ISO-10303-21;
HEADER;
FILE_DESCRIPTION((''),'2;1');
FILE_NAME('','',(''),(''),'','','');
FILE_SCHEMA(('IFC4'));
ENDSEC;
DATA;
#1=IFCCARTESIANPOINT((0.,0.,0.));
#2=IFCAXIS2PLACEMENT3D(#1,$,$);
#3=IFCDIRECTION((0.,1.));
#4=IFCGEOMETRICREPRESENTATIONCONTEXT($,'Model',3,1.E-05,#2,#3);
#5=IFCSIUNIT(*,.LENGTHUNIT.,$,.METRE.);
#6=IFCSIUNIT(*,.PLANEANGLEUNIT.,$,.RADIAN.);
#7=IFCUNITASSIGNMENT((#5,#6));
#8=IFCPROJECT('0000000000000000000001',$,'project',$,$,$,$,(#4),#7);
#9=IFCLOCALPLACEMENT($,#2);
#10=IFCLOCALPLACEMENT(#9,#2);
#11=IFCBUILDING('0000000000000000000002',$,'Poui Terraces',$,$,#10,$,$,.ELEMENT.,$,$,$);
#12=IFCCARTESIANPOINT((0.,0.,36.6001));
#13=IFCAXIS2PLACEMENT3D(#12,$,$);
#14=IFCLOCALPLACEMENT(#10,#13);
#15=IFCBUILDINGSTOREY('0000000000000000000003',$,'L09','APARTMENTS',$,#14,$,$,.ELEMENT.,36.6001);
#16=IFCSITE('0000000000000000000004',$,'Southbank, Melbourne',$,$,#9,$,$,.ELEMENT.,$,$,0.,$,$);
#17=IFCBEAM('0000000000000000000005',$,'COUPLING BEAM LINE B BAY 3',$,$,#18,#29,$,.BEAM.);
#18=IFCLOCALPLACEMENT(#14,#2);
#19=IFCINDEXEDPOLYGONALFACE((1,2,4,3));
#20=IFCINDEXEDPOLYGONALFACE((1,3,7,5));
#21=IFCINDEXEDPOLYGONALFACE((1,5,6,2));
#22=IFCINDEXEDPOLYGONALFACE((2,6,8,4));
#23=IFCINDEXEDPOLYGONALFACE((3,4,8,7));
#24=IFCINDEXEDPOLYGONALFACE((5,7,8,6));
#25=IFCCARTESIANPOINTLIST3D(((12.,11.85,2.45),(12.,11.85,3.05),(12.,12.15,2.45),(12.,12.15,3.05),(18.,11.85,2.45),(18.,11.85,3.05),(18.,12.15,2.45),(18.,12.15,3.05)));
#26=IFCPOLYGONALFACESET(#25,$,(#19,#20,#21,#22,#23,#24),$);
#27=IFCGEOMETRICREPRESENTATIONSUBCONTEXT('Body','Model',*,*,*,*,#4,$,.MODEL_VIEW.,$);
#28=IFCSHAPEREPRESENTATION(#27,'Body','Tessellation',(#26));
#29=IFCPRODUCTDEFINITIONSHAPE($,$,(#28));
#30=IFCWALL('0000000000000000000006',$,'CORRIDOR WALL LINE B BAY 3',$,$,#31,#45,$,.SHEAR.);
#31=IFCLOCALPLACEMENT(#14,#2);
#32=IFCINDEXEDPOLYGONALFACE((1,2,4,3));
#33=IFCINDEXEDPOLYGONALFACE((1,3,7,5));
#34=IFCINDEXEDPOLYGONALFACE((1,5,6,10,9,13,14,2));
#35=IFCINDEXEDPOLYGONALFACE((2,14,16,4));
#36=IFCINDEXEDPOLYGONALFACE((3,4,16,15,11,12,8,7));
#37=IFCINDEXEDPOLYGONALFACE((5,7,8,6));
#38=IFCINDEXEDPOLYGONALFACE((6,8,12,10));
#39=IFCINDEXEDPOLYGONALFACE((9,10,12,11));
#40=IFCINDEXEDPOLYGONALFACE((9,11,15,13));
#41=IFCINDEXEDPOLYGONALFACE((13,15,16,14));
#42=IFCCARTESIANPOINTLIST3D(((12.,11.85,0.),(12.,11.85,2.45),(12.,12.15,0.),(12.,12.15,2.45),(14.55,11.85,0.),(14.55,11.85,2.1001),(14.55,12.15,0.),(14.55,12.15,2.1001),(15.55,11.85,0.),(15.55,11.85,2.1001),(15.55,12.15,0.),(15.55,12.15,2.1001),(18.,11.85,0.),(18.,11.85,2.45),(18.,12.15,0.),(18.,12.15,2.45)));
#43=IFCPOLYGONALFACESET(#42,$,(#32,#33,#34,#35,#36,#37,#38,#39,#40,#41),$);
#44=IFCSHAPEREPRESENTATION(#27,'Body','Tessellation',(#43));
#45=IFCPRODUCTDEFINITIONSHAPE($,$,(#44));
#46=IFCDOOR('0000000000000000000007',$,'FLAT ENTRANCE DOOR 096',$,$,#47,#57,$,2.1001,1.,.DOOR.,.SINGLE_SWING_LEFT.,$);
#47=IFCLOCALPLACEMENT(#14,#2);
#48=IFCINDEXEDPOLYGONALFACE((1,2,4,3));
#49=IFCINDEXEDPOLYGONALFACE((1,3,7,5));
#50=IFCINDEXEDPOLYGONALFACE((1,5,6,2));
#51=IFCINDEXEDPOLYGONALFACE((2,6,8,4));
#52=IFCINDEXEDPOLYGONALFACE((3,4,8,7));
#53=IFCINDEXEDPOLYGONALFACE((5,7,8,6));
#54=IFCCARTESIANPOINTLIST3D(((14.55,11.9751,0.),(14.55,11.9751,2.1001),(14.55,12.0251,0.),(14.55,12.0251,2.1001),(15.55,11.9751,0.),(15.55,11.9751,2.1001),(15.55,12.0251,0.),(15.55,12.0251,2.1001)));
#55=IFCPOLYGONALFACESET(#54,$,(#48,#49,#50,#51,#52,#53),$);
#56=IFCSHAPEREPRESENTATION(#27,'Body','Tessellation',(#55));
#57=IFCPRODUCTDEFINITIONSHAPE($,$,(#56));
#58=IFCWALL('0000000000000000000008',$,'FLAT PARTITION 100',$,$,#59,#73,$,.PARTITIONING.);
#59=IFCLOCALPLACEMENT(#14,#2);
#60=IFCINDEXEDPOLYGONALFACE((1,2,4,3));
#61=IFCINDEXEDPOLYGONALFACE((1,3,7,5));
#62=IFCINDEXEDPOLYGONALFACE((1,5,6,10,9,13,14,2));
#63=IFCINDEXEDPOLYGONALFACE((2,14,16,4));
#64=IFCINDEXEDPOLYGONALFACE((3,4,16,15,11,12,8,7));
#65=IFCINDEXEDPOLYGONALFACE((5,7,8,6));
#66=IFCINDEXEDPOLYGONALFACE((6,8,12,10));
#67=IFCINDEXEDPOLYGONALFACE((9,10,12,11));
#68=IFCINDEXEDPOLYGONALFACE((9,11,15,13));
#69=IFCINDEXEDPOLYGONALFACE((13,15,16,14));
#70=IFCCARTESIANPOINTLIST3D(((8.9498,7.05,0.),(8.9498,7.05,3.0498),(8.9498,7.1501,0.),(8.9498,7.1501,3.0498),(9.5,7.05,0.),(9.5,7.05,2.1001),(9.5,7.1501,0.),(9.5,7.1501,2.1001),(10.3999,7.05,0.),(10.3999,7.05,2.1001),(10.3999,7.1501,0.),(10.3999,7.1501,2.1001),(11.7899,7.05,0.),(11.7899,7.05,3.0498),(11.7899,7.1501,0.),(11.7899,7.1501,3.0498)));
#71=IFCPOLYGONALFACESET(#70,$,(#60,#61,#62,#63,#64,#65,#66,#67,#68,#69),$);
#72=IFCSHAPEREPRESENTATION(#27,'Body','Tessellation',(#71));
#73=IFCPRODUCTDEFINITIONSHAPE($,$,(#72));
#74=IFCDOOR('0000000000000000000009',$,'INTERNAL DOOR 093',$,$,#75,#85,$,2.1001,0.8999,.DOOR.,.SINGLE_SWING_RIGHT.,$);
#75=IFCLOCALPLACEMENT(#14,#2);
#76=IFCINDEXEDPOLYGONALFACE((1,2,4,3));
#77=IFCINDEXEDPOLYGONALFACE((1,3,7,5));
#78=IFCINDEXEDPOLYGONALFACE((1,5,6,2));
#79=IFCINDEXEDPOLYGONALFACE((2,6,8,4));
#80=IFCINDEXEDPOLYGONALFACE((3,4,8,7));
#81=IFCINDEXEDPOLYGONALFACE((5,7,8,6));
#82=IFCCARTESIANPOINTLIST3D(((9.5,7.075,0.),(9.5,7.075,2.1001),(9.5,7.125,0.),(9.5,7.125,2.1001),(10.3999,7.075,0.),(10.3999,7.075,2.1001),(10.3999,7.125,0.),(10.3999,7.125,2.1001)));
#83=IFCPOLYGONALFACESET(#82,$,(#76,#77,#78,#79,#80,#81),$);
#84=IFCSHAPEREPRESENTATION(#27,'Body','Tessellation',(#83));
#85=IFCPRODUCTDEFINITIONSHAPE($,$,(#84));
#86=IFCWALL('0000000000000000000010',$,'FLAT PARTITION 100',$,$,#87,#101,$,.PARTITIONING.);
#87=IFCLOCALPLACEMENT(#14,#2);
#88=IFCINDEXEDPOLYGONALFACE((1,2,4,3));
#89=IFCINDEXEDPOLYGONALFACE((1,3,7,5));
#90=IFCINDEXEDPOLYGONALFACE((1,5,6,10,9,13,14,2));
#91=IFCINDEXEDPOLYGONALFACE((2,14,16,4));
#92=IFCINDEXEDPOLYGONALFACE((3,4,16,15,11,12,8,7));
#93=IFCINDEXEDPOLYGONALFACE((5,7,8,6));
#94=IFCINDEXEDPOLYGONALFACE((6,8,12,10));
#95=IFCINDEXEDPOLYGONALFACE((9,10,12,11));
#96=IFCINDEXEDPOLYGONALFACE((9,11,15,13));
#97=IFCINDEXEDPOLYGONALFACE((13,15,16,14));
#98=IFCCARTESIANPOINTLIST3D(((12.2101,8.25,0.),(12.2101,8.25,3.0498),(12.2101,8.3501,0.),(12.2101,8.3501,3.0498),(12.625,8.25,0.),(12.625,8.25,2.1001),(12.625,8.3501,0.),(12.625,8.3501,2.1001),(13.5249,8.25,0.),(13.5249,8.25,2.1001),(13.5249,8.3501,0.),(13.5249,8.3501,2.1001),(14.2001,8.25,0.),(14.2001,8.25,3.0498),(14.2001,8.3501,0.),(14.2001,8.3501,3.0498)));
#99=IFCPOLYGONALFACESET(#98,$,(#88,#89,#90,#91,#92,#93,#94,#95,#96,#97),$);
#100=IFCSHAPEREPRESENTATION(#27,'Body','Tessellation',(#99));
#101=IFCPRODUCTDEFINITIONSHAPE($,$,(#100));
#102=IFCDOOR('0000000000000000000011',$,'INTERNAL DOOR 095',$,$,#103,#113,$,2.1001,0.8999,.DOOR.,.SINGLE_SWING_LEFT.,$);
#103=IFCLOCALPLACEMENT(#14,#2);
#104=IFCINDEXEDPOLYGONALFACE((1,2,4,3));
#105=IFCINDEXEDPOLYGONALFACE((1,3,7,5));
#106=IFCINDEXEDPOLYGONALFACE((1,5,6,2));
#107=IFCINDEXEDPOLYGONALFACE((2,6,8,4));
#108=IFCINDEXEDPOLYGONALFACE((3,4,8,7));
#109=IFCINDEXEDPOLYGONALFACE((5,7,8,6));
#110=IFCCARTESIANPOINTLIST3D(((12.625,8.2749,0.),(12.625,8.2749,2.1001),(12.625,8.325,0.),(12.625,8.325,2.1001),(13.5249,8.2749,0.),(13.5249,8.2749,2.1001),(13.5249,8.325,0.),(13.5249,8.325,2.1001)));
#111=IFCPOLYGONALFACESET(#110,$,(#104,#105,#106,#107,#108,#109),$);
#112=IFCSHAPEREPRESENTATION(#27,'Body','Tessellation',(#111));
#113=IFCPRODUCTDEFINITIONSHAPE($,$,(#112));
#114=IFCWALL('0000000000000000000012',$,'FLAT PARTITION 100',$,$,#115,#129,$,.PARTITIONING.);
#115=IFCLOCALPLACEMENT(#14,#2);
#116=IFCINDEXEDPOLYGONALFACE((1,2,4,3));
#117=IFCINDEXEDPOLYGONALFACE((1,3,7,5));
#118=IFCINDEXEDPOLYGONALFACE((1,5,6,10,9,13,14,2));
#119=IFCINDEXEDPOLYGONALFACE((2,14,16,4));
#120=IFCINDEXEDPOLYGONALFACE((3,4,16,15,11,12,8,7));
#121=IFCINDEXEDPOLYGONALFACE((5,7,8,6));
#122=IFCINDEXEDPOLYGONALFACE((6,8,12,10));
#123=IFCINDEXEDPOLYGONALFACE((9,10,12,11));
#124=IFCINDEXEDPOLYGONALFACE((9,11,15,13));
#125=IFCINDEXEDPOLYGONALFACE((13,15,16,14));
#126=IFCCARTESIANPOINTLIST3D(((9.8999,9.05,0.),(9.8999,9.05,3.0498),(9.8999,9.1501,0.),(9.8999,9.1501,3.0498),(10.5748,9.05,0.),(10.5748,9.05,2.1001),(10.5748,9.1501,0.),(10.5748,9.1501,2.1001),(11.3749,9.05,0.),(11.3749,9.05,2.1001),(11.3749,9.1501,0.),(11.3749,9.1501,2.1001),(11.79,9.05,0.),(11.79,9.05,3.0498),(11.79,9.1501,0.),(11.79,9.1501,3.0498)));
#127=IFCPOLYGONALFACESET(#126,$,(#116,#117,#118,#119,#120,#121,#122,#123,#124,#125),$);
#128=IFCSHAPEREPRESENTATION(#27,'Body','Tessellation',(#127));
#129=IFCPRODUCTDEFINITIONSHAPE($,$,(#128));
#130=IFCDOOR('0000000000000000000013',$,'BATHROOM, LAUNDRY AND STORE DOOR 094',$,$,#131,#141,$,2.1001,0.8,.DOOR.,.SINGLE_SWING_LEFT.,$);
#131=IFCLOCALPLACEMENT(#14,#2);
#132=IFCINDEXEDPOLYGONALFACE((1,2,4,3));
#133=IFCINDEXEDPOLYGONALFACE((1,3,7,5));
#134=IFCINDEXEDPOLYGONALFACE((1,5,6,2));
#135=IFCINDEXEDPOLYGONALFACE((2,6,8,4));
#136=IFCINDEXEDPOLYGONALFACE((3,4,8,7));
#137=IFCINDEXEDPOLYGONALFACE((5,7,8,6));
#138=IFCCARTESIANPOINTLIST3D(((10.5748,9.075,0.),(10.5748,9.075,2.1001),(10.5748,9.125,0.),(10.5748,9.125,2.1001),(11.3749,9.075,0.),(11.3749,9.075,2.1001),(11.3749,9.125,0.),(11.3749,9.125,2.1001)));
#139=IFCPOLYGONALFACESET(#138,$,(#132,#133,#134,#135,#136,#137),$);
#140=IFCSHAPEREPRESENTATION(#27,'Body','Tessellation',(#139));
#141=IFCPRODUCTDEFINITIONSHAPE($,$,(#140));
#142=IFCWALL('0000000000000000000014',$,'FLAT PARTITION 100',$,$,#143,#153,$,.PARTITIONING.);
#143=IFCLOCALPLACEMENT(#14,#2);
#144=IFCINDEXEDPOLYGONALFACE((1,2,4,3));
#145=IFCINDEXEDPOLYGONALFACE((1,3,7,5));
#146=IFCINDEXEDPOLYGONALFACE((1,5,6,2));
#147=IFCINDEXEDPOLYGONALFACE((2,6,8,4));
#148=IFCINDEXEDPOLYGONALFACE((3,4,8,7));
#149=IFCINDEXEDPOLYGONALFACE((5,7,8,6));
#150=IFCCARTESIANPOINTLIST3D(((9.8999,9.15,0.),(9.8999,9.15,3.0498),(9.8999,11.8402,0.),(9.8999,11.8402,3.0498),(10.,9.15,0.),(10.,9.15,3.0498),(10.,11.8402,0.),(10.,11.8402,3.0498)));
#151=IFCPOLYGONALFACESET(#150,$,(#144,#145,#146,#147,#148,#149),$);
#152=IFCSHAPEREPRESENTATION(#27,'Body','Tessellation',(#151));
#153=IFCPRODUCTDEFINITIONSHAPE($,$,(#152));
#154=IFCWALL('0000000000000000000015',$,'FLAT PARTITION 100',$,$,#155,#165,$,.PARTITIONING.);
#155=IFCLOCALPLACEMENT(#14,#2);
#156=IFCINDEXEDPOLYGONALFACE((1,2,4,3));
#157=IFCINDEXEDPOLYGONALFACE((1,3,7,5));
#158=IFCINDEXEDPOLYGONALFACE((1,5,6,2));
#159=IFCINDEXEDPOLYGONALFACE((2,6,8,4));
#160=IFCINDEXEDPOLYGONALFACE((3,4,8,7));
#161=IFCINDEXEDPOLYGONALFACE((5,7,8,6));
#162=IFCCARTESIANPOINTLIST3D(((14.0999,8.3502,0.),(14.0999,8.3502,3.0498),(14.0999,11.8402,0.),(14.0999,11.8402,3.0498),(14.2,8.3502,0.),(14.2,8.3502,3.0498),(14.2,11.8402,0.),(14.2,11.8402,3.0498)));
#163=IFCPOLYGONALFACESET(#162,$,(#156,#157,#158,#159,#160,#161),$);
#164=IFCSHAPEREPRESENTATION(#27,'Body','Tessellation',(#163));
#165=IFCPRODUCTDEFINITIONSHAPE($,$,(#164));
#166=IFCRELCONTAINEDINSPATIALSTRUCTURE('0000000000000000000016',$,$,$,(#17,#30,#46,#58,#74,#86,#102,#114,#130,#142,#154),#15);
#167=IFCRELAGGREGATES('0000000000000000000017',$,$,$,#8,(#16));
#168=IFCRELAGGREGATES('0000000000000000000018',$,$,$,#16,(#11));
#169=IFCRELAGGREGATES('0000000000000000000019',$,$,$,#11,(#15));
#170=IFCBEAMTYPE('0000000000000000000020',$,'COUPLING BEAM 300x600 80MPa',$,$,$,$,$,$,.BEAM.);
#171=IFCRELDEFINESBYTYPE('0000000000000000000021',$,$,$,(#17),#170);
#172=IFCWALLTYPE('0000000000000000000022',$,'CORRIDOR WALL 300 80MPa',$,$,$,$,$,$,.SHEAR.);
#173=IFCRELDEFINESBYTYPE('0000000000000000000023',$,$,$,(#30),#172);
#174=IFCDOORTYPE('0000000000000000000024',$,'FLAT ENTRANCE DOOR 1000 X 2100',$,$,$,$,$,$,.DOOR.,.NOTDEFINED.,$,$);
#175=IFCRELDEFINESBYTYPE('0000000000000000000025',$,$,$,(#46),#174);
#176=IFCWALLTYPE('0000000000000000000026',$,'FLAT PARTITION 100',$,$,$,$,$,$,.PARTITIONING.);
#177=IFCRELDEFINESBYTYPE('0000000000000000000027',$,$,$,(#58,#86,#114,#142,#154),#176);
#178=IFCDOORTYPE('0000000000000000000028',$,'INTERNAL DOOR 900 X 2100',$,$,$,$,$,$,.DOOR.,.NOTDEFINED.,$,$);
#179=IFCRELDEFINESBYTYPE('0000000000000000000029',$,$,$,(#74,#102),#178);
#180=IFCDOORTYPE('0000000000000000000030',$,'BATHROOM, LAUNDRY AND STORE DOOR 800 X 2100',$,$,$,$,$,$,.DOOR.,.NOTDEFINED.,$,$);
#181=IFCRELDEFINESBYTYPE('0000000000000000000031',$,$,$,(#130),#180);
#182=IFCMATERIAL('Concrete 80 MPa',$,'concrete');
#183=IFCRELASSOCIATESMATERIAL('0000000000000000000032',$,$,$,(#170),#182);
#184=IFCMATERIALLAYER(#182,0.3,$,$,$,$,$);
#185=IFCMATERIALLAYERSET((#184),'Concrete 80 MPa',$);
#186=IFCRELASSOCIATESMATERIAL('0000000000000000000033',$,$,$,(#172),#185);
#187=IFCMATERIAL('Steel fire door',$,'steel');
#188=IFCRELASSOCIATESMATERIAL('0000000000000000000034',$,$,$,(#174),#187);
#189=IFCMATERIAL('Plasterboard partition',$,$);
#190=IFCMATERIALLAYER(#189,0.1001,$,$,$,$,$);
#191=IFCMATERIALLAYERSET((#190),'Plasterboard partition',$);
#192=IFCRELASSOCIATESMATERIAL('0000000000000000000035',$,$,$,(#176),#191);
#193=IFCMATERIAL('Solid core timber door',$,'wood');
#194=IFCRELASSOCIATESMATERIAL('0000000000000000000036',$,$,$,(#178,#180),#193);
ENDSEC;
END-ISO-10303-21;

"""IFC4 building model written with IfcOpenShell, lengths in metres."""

from ifc_helpers import new_model, si_unit, direction, frame, frame_2d, origin, origin_2d, place, context, subcontext, project, spatial, rectangle, extrude, source, transform, mapped, material, layer, layer_set, material_profile, profile_set, type_object, element, fill, save


model = new_model("IFC4")

# Units and contexts
model_context = context("Model", 3, precision=1e-05, world=origin(), true_north=direction((0.0, 1.0)))
body_context = subcontext(model_context, "Body", "Model", "MODEL_VIEW")
ifc_project = project(units=[si_unit("LENGTHUNIT", "METRE"), si_unit("PLANEANGLEUNIT", "RADIAN")], contexts=[model_context])

# Site, building, storey
site_placement = place(None, origin())
site = spatial("IfcSite", under=ifc_project, at=site_placement, Name="Southbank, Melbourne", CompositionType="ELEMENT", RefElevation=0.0)
building_placement = place(site_placement, origin())
building = spatial("IfcBuilding", under=site, at=building_placement, Name="Poui Terraces", CompositionType="ELEMENT")
storey_placement = place(building_placement, frame((0.0, 0.0, 36.6001)))
storey = spatial("IfcBuildingStorey", under=building, at=storey_placement, Name="L09", Description="APARTMENTS", CompositionType="ELEMENT", Elevation=36.6001)

# Beam
ifc_material_1 = material(Name="Concrete 80 MPa", Category="concrete")
ifc_material_profile = material_profile(ifc_material_1, rectangle(XDim=0.3, YDim=0.6001, at=origin_2d()), Name="RC 300x600")
ifc_profile_set = profile_set([ifc_material_profile], Name="Concrete 80 MPa")
beam_type = type_object("IfcBeamType", Name="COUPLING BEAM 300x600 80MPa", PredefinedType="BEAM", material=ifc_profile_set)
shared_shape = source(origin(), body_context, "Body", "SweptSolid", [
    extrude(rectangle(XDim=0.3, YDim=0.6001, at=origin_2d()), origin(), (0.0, 0.0, 1.0), 6.0),
])
beam_placement = place(storey_placement, frame((12.0, 12.0, 2.75), z_axis=(1.0, 0.0, 0.0), x_axis=(0.0, 1.0, 0.0)))
element("IfcBeam", 1, at=beam_placement, inside=storey, type_object=beam_type, Name="COUPLING BEAM LINE B BAY 3", PredefinedType="BEAM", context=body_context, shape_type="MappedRepresentation", body=[
    mapped(shared_shape, transform((0.0, 0.0, 0.0))),
])

# Walls, openings, doors
ifc_layer_1 = layer(ifc_material_1, 0.3)
ifc_layer_set_1 = layer_set([ifc_layer_1], Name="Concrete 80 MPa")
wall_type_1 = type_object("IfcWallType", Name="CORRIDOR WALL 300 80MPa", PredefinedType="SHEAR", material=ifc_layer_set_1)
wall_1_placement = place(storey_placement, frame((12.0, 12.0, 0.0), z_axis=(0.0, 0.0, 1.0), x_axis=(1.0, 0.0, 0.0)))
wall_1 = element("IfcWall", 2, at=wall_1_placement, inside=storey, type_object=wall_type_1, Name="CORRIDOR WALL LINE B BAY 3", PredefinedType="SHEAR", context=body_context, shape_type="SweptSolid", body=[
    extrude(rectangle(XDim=6.0, YDim=0.3, at=frame_2d((3.0, 0.0))), origin(), (0.0, 0.0, 1.0), 2.45),
])
opening_1_placement = place(wall_1_placement, frame((2.55, 0.0, 0.0)))
opening_1 = element("IfcOpeningElement", 3, at=opening_1_placement, cuts=wall_1, PredefinedType="OPENING", context=body_context, shape_type="SweptSolid", body=[
    extrude(rectangle(XDim=1.0, YDim=2.1001, at=frame_2d((0.5, 1.05))), frame((0.0, 0.1602, 0.0), z_axis=(0.0, -1.0, 0.0), x_axis=(1.0, 0.0, 0.0)), (0.0, 0.0, 1.0), 0.3201),
])
ifc_material_2 = material(Name="Steel fire door", Category="steel")
door_type_1 = type_object("IfcDoorType", Name="FLAT ENTRANCE DOOR 1000 X 2100", OperationType="NOTDEFINED", PredefinedType="DOOR", material=ifc_material_2)
door_1_placement = place(opening_1_placement, frame((1.0, 0.0, 0.0), z_axis=(0.0, 0.0, 1.0), x_axis=(-1.0, 0.0, 0.0)))
door_1 = element("IfcDoor", 4, at=door_1_placement, inside=storey, type_object=door_type_1, Name="FLAT ENTRANCE DOOR 096", OperationType="SINGLE_SWING_LEFT", OverallHeight=2.1001, OverallWidth=1.0, PredefinedType="DOOR", context=body_context, shape_type="SweptSolid", body=[
    extrude(rectangle(XDim=1.0, YDim=2.1001, at=frame_2d((0.5, 1.05))), frame((0.0, 0.0249, 0.0), z_axis=(0.0, -1.0, 0.0), x_axis=(1.0, 0.0, 0.0)), (0.0, 0.0, 1.0), 0.05),
])
fill(opening_1, door_1)
ifc_material_3 = material(Name="Plasterboard partition")
ifc_layer_2 = layer(ifc_material_3, 0.1001)
ifc_layer_set_2 = layer_set([ifc_layer_2], Name="Plasterboard partition")
wall_type_2 = type_object("IfcWallType", Name="FLAT PARTITION 100", PredefinedType="PARTITIONING", material=ifc_layer_set_2)
wall_2_placement = place(storey_placement, frame((8.95, 7.1001, 0.0), z_axis=(0.0, 0.0, 1.0), x_axis=(1.0, 0.0, 0.0)))
wall_2 = element("IfcWall", 5, at=wall_2_placement, inside=storey, type_object=wall_type_2, Name="FLAT PARTITION 100", PredefinedType="PARTITIONING", context=body_context, shape_type="SweptSolid", body=[
    extrude(rectangle(XDim=2.8401, YDim=0.1001, at=frame_2d((1.4199, 0.0))), origin(), (0.0, 0.0, 1.0), 3.0498),
])
opening_2_placement = place(wall_2_placement, frame((0.55, 0.0, 0.0)))
opening_2 = element("IfcOpeningElement", 6, at=opening_2_placement, cuts=wall_2, PredefinedType="OPENING", context=body_context, shape_type="SweptSolid", body=[
    extrude(rectangle(XDim=0.8999, YDim=2.1001, at=frame_2d((0.45, 1.05))), frame((0.0, 0.0601, 0.0), z_axis=(0.0, -1.0, 0.0), x_axis=(1.0, 0.0, 0.0)), (0.0, 0.0, 1.0), 0.1201),
])
ifc_material_4 = material(Name="Solid core timber door", Category="wood")
door_type_2 = type_object("IfcDoorType", Name="INTERNAL DOOR 900 X 2100", OperationType="NOTDEFINED", PredefinedType="DOOR", material=ifc_material_4)
door_2_placement = place(opening_2_placement, origin())
door_2 = element("IfcDoor", 7, at=door_2_placement, inside=storey, type_object=door_type_2, Name="INTERNAL DOOR 093", OperationType="SINGLE_SWING_RIGHT", OverallHeight=2.1001, OverallWidth=0.8999, PredefinedType="DOOR", context=body_context, shape_type="SweptSolid", body=[
    extrude(rectangle(XDim=0.8999, YDim=2.1001, at=frame_2d((0.45, 1.05))), frame((0.0, 0.0249, 0.0), z_axis=(0.0, -1.0, 0.0), x_axis=(1.0, 0.0, 0.0)), (0.0, 0.0, 1.0), 0.05),
])
fill(opening_2, door_2)
wall_3_placement = place(storey_placement, frame((12.21, 8.3, 0.0), z_axis=(0.0, 0.0, 1.0), x_axis=(1.0, 0.0, 0.0)))
wall_3 = element("IfcWall", 8, at=wall_3_placement, inside=storey, type_object=wall_type_2, Name="FLAT PARTITION 100", PredefinedType="PARTITIONING", context=body_context, shape_type="SweptSolid", body=[
    extrude(rectangle(XDim=1.99, YDim=0.1001, at=frame_2d((0.9951, 0.0))), origin(), (0.0, 0.0, 1.0), 3.0498),
])
opening_3_placement = place(wall_3_placement, frame((0.415, 0.0, 0.0)))
opening_3 = element("IfcOpeningElement", 9, at=opening_3_placement, cuts=wall_3, PredefinedType="OPENING", context=body_context, shape_type="SweptSolid", body=[
    extrude(rectangle(XDim=0.8999, YDim=2.1001, at=frame_2d((0.45, 1.05))), frame((0.0, 0.0601, 0.0), z_axis=(0.0, -1.0, 0.0), x_axis=(1.0, 0.0, 0.0)), (0.0, 0.0, 1.0), 0.1201),
])
door_3_placement = place(opening_3_placement, origin())
door_3 = element("IfcDoor", 10, at=door_3_placement, inside=storey, type_object=door_type_2, Name="INTERNAL DOOR 095", OperationType="SINGLE_SWING_LEFT", OverallHeight=2.1001, OverallWidth=0.8999, PredefinedType="DOOR", context=body_context, shape_type="SweptSolid", body=[
    extrude(rectangle(XDim=0.8999, YDim=2.1001, at=frame_2d((0.45, 1.05))), frame((0.0, 0.0249, 0.0), z_axis=(0.0, -1.0, 0.0), x_axis=(1.0, 0.0, 0.0)), (0.0, 0.0, 1.0), 0.05),
])
fill(opening_3, door_3)
wall_4_placement = place(storey_placement, frame((9.8999, 9.1001, 0.0), z_axis=(0.0, 0.0, 1.0), x_axis=(1.0, 0.0, 0.0)))
wall_4 = element("IfcWall", 11, at=wall_4_placement, inside=storey, type_object=wall_type_2, Name="FLAT PARTITION 100", PredefinedType="PARTITIONING", context=body_context, shape_type="SweptSolid", body=[
    extrude(rectangle(XDim=1.8901, YDim=0.1001, at=frame_2d((0.9451, 0.0))), origin(), (0.0, 0.0, 1.0), 3.0498),
])
opening_4_placement = place(wall_4_placement, frame((0.675, 0.0, 0.0)))
opening_4 = element("IfcOpeningElement", 12, at=opening_4_placement, cuts=wall_4, PredefinedType="OPENING", context=body_context, shape_type="SweptSolid", body=[
    extrude(rectangle(XDim=0.8, YDim=2.1001, at=frame_2d((0.3999, 1.05))), frame((0.0, 0.0601, 0.0), z_axis=(0.0, -1.0, 0.0), x_axis=(1.0, 0.0, 0.0)), (0.0, 0.0, 1.0), 0.1201),
])
door_type_3 = type_object("IfcDoorType", Name="BATHROOM, LAUNDRY AND STORE DOOR 800 X 2100", OperationType="NOTDEFINED", PredefinedType="DOOR", material=ifc_material_4)
door_4_placement = place(opening_4_placement, origin())
door_4 = element("IfcDoor", 13, at=door_4_placement, inside=storey, type_object=door_type_3, Name="BATHROOM, LAUNDRY AND STORE DOOR 094", OperationType="SINGLE_SWING_LEFT", OverallHeight=2.1001, OverallWidth=0.8, PredefinedType="DOOR", context=body_context, shape_type="SweptSolid", body=[
    extrude(rectangle(XDim=0.8, YDim=2.1001, at=frame_2d((0.3999, 1.05))), frame((0.0, 0.0249, 0.0), z_axis=(0.0, -1.0, 0.0), x_axis=(1.0, 0.0, 0.0)), (0.0, 0.0, 1.0), 0.05),
])
fill(opening_4, door_4)

# Walls
wall_5_placement = place(storey_placement, frame((9.95, 9.1499, 0.0), z_axis=(0.0, 0.0, 1.0), x_axis=(0.0, 1.0, 0.0)))
element("IfcWall", 14, at=wall_5_placement, inside=storey, type_object=wall_type_2, Name="FLAT PARTITION 100", PredefinedType="PARTITIONING", context=body_context, shape_type="SweptSolid", body=[
    extrude(rectangle(XDim=2.6902, YDim=0.1001, at=frame_2d((1.3452, 0.0))), origin(), (0.0, 0.0, 1.0), 3.0498),
])
wall_6_placement = place(storey_placement, frame((14.1499, 8.3501, 0.0), z_axis=(0.0, 0.0, 1.0), x_axis=(0.0, 1.0, 0.0)))
element("IfcWall", 15, at=wall_6_placement, inside=storey, type_object=wall_type_2, Name="FLAT PARTITION 100", PredefinedType="PARTITIONING", context=body_context, shape_type="SweptSolid", body=[
    extrude(rectangle(XDim=3.49, YDim=0.1001, at=frame_2d((1.7451, 0.0))), origin(), (0.0, 0.0, 1.0), 3.0498),
])

save(model, "model.ifc")
